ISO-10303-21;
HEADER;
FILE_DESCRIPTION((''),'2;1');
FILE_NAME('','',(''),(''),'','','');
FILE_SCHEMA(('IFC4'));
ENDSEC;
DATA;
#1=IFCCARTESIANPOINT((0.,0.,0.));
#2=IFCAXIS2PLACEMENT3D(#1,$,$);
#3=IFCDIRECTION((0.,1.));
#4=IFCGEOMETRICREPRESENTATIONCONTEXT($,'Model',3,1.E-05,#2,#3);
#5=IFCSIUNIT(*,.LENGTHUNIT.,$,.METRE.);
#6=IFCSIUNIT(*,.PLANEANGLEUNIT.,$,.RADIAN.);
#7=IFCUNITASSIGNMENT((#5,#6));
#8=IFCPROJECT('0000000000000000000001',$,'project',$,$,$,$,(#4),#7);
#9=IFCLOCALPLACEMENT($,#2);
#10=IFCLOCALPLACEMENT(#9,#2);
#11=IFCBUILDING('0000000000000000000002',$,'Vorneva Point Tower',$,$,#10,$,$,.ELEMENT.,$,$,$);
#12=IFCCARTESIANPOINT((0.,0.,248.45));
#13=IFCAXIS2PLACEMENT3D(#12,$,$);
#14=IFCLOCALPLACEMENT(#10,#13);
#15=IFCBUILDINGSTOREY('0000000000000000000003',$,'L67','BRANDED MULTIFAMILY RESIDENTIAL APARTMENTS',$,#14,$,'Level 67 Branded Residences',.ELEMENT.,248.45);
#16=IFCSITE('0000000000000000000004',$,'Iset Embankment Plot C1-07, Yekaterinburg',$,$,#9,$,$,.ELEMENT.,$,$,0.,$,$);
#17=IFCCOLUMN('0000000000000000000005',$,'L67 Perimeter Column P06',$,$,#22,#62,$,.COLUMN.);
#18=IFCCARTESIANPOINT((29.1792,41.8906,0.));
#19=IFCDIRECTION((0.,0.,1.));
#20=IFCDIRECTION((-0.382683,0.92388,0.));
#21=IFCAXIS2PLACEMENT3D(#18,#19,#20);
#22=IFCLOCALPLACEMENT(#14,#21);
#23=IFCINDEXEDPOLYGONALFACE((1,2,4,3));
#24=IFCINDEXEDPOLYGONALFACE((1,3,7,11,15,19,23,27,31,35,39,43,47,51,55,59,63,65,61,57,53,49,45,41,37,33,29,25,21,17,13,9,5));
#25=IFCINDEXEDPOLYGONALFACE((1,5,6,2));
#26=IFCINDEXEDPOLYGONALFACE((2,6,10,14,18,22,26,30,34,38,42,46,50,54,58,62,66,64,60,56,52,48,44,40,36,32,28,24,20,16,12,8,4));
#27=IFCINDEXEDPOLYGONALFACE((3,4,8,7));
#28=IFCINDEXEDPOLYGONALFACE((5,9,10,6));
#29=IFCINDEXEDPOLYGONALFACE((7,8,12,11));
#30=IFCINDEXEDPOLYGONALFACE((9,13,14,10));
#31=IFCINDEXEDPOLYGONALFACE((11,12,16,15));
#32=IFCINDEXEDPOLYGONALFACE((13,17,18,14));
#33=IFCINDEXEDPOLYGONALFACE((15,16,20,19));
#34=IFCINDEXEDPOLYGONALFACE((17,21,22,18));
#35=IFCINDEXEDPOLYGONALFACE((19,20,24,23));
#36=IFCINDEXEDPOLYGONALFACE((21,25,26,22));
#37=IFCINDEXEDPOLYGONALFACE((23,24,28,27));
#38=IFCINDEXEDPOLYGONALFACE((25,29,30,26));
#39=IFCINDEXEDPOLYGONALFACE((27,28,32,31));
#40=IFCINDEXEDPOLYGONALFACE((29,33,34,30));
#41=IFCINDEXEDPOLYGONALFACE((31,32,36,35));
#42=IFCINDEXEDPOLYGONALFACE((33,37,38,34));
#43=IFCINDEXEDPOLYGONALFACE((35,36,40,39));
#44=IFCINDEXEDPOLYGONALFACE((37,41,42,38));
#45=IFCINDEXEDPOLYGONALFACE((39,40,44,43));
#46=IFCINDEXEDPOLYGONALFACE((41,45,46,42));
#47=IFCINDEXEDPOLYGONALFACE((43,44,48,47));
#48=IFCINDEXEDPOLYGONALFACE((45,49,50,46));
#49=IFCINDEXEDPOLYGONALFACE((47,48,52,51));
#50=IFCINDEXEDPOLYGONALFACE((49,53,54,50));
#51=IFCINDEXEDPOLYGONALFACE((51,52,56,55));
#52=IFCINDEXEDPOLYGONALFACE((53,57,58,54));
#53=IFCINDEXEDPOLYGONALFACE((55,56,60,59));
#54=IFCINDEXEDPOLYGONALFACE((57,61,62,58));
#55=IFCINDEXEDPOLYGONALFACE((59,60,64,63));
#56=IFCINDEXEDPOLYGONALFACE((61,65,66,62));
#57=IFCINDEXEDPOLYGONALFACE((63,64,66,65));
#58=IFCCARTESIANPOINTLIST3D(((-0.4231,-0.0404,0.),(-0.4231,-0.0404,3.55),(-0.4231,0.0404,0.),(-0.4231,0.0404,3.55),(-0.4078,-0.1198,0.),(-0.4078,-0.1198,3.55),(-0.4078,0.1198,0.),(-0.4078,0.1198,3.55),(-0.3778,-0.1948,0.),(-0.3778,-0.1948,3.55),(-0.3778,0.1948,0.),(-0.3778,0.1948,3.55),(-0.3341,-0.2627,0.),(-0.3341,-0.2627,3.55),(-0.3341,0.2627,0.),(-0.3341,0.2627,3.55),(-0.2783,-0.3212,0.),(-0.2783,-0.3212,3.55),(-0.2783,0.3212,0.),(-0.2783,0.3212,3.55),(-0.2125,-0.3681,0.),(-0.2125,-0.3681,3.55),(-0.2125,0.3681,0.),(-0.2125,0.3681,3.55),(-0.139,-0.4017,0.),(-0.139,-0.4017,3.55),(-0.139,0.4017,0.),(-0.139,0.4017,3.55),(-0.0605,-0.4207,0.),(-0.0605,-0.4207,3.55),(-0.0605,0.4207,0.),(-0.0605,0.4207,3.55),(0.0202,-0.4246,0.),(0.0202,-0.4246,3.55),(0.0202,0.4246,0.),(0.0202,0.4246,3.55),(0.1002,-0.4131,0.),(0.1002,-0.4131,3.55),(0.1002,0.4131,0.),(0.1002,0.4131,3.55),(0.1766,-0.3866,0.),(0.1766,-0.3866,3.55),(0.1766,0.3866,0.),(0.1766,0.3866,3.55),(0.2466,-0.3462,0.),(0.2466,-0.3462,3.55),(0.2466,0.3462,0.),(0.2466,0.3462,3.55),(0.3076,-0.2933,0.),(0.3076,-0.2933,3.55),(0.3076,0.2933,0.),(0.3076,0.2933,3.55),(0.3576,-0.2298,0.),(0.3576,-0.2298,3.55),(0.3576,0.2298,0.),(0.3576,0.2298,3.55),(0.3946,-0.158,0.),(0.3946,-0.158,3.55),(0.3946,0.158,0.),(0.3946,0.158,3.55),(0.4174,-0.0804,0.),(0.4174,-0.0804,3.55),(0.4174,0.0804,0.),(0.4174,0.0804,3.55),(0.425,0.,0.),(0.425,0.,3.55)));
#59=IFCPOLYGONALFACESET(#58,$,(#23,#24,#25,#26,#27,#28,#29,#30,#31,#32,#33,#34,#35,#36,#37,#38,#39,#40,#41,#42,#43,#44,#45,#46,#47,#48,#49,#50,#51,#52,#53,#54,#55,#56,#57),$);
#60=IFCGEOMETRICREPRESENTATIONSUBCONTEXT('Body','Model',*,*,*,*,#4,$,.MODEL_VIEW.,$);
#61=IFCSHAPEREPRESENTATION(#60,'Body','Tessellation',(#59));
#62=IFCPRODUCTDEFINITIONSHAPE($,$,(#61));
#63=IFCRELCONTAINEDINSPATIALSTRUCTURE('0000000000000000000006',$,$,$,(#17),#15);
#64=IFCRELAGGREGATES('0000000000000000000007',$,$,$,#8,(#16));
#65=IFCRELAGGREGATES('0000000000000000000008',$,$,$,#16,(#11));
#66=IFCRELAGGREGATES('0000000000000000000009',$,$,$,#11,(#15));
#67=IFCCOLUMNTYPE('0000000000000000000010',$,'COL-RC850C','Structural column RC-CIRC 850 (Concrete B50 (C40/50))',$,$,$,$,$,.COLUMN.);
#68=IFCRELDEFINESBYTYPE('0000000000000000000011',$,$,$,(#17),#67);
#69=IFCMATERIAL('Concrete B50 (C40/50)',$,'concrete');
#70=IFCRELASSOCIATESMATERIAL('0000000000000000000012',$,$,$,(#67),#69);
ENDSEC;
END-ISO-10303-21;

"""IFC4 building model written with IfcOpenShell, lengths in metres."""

from ifc_helpers import new_model, si_unit, direction, frame, origin, origin_2d, place, context, subcontext, project, spatial, circle, extrude, material, material_profile, profile_set, type_object, element, save


model = new_model("IFC4")

# Units and contexts
model_context = context("Model", 3, precision=1e-05, world=origin(), true_north=direction((0.0, 1.0)))
body_context = subcontext(model_context, "Body", "Model", "MODEL_VIEW")
ifc_project = project(units=[si_unit("LENGTHUNIT", "METRE"), si_unit("PLANEANGLEUNIT", "RADIAN")], contexts=[model_context])

# Site, building, storey
site_placement = place(None, origin())
site = spatial("IfcSite", under=ifc_project, at=site_placement, Name="Iset Embankment Plot C1-07, Yekaterinburg", CompositionType="ELEMENT", RefElevation=0.0)
building_placement = place(site_placement, origin())
building = spatial("IfcBuilding", under=site, at=building_placement, Name="Vorneva Point Tower", CompositionType="ELEMENT")
storey_placement = place(building_placement, frame((0.0, 0.0, 248.45)))
storey = spatial("IfcBuildingStorey", under=building, at=storey_placement, Name="L67", Description="BRANDED MULTIFAMILY RESIDENTIAL APARTMENTS", LongName="Level 67 Branded Residences", CompositionType="ELEMENT", Elevation=248.45)

# Column
ifc_material_1 = material(Name="Concrete B50 (C40/50)", Category="concrete")
ifc_material_profile_1 = material_profile(ifc_material_1, circle(Radius=0.425, at=origin_2d()), Name="RC-CIRC 850")
ifc_profile_set_1 = profile_set([ifc_material_profile_1], Name="Concrete B50 (C40/50)")
column_type = type_object("IfcColumnType", Name="COL-RC850C", Description="Structural column RC-CIRC 850 (Concrete B50 (C40/50))", PredefinedType="COLUMN", material=ifc_profile_set_1)
column_placement = place(storey_placement, frame((29.1792, 41.8906, 0.0), z_axis=(0.0, 0.0, 1.0), x_axis=(-0.382683, 0.92388, 0.0)))
element("IfcColumn", 1, at=column_placement, inside=storey, type_object=column_type, Name="L67 Perimeter Column P06", PredefinedType="COLUMN", context=body_context, shape_type="SweptSolid", body=[
    extrude(circle(Radius=0.425, at=origin_2d()), origin(), (0.0, 0.0, 1.0), 3.55),
])

save(model, "model.ifc")
